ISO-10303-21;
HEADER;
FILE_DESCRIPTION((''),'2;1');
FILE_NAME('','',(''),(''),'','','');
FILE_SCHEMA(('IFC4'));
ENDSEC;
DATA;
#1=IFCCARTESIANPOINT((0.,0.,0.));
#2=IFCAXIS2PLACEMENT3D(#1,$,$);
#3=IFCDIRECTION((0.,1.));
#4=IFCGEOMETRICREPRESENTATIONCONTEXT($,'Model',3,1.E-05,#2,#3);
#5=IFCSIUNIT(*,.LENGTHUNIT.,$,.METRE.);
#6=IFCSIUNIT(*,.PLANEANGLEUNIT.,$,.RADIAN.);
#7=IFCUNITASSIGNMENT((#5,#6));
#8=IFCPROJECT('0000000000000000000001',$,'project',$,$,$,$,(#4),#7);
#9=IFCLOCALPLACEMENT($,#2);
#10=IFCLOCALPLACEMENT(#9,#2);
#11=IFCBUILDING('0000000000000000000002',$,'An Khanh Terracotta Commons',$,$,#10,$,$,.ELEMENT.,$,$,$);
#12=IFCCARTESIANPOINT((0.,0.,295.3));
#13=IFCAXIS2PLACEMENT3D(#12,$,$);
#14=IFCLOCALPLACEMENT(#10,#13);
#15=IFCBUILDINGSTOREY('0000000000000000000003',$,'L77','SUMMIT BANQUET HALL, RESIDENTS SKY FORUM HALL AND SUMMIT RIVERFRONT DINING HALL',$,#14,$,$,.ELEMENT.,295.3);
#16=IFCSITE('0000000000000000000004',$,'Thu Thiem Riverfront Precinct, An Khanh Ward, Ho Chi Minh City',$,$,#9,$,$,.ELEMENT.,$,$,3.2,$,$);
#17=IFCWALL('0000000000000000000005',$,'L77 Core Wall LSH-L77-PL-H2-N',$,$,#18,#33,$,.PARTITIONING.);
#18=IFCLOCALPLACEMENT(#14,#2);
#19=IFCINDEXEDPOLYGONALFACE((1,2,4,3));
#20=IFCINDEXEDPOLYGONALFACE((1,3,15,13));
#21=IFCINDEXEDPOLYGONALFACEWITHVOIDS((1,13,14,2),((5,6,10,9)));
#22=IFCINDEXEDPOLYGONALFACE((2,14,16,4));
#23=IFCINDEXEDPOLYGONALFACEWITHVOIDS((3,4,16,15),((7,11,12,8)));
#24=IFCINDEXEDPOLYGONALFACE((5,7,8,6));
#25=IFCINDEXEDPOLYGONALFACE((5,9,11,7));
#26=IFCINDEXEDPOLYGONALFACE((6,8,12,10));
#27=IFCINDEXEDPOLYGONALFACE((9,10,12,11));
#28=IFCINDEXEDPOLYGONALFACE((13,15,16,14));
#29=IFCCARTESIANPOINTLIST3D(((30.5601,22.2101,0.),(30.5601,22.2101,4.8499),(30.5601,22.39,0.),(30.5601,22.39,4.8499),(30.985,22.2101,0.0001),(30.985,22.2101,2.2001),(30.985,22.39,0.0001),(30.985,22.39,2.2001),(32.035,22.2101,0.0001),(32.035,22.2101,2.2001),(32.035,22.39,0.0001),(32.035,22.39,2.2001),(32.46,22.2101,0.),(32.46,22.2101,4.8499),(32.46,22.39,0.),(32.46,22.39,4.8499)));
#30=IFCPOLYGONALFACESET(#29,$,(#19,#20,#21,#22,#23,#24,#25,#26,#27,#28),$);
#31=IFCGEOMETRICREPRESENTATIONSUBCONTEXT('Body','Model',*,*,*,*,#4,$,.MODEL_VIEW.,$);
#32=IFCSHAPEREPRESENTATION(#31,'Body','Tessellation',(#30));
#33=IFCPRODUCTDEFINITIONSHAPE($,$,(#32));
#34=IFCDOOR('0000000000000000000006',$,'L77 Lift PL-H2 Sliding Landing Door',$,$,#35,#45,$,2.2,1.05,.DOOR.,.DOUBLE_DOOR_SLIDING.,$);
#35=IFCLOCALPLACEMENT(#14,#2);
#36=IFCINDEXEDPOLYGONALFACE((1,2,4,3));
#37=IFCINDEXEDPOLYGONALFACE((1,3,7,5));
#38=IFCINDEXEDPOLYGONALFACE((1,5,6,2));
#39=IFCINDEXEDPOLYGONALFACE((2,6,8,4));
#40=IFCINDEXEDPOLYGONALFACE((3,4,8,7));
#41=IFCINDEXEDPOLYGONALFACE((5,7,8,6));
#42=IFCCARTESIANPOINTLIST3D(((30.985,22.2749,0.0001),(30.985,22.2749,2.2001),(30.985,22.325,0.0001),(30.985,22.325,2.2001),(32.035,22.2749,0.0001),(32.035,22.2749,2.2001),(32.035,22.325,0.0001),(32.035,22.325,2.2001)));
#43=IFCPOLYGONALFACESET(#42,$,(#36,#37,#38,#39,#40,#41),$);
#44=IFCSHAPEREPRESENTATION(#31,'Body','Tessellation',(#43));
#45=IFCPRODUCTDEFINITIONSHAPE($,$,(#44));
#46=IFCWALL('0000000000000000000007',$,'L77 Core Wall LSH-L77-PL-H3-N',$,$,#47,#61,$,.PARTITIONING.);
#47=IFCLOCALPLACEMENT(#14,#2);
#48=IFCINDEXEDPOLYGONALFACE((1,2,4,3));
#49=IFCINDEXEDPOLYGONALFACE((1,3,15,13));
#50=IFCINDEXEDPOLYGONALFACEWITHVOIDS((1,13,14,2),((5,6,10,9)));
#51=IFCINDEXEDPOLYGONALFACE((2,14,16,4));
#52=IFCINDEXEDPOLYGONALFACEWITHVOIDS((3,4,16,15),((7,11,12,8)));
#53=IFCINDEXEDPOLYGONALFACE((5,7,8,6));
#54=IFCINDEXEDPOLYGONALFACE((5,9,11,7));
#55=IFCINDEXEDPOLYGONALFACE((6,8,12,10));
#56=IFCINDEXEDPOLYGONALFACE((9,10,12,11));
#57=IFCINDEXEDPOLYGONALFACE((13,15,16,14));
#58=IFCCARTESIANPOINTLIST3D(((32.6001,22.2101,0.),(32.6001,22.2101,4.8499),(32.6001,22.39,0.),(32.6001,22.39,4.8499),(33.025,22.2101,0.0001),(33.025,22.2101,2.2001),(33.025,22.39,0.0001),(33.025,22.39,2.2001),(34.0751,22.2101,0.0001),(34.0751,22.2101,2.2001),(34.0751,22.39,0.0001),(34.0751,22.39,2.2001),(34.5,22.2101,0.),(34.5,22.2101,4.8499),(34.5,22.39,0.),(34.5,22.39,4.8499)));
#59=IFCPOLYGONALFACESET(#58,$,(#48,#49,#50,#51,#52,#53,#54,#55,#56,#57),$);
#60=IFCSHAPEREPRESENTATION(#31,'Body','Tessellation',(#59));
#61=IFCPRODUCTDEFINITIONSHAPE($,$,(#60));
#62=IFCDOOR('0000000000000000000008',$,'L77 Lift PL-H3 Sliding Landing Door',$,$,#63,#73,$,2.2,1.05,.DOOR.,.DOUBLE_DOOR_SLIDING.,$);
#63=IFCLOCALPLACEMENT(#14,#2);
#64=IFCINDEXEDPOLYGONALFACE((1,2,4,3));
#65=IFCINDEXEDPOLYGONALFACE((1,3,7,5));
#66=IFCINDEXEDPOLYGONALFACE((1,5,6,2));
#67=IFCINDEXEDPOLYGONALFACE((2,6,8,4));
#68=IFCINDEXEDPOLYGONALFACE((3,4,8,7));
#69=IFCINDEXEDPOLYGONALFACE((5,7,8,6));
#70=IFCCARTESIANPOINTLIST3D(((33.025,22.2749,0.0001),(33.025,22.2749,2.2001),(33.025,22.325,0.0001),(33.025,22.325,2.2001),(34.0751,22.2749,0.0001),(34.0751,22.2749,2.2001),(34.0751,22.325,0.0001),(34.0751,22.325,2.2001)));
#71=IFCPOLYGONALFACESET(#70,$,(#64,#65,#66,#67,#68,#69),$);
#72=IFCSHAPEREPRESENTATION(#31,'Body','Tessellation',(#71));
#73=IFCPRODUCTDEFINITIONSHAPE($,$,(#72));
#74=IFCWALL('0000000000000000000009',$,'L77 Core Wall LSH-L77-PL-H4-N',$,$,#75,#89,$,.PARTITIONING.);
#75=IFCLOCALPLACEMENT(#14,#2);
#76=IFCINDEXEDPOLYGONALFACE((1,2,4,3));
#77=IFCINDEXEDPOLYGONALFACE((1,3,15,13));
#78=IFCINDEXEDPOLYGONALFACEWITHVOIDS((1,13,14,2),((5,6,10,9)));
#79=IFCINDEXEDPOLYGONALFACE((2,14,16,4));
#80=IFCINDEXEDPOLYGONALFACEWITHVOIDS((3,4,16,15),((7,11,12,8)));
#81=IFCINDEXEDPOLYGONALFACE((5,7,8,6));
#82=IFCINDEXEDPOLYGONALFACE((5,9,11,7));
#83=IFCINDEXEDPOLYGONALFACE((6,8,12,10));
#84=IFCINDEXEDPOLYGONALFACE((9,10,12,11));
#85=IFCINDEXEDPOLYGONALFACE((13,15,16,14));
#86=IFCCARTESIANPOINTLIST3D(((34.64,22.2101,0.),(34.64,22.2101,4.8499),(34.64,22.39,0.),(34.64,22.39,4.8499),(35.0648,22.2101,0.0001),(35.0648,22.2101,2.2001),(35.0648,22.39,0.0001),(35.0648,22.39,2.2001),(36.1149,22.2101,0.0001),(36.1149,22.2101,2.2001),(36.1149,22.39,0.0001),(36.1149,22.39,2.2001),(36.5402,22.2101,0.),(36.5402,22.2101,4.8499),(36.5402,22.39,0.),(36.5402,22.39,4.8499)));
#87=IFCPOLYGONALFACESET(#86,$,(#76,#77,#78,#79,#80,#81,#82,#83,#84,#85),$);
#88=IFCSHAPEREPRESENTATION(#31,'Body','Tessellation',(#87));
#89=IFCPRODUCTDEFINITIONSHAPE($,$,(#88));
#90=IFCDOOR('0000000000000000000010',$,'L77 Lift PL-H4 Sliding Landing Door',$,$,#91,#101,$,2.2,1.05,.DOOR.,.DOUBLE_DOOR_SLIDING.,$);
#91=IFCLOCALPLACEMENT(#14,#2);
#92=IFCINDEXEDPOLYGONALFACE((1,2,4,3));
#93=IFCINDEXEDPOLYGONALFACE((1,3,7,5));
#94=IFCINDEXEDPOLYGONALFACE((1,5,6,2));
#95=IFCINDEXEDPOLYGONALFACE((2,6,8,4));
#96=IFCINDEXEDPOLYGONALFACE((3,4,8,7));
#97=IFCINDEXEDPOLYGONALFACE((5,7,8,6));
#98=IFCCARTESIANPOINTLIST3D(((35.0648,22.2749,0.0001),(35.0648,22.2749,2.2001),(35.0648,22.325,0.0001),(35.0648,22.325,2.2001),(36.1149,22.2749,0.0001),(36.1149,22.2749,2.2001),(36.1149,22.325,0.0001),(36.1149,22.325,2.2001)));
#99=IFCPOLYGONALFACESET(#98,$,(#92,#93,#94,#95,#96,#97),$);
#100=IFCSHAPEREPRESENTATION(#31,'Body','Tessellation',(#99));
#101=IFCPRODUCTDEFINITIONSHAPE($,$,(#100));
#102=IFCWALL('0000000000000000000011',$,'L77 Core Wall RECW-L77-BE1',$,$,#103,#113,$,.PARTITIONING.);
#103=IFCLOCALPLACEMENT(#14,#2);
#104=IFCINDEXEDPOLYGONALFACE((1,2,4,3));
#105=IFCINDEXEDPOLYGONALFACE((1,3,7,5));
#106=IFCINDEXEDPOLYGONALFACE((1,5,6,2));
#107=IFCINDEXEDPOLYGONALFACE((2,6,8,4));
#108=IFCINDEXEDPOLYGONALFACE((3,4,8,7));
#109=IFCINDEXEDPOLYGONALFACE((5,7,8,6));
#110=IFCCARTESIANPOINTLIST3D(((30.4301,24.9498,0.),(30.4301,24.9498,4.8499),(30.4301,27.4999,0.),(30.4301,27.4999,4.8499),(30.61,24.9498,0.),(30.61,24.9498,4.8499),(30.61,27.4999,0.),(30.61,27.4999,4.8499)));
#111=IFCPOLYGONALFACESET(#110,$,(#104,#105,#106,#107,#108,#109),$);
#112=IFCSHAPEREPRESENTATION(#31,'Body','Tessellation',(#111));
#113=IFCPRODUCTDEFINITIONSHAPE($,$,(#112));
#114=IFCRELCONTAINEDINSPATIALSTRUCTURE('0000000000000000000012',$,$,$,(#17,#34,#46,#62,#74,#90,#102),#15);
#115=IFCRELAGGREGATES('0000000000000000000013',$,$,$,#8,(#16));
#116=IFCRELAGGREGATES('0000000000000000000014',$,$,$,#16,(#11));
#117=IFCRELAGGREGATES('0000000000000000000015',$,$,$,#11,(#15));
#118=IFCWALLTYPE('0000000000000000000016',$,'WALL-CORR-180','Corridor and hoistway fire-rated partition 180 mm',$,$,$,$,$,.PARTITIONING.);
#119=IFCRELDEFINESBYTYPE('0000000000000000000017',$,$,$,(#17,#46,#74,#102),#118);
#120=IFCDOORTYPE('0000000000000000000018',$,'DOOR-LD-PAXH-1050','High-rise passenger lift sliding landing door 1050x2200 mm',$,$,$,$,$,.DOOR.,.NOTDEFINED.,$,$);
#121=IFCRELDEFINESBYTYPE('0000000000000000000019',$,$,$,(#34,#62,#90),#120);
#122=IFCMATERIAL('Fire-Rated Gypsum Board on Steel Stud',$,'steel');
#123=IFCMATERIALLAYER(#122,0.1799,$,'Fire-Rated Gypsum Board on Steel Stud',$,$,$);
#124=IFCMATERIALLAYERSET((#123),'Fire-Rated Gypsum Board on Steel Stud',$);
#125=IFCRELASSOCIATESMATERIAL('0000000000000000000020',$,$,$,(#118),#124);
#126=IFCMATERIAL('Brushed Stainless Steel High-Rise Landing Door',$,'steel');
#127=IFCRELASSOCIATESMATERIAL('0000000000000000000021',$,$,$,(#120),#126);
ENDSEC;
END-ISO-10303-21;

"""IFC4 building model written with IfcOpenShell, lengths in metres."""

from ifc_helpers import new_model, si_unit, direction, frame, frame_2d, origin, place, context, subcontext, project, spatial, rectangle, extrude, material, layer, layer_set, type_object, element, fill, save


model = new_model("IFC4")

# Units and contexts
model_context = context("Model", 3, precision=1e-05, world=origin(), true_north=direction((0.0, 1.0)))
body_context = subcontext(model_context, "Body", "Model", "MODEL_VIEW")
ifc_project = project(units=[si_unit("LENGTHUNIT", "METRE"), si_unit("PLANEANGLEUNIT", "RADIAN")], contexts=[model_context])

# Site, building, storey
site_placement = place(None, origin())
site = spatial("IfcSite", under=ifc_project, at=site_placement, Name="Thu Thiem Riverfront Precinct, An Khanh Ward, Ho Chi Minh City", CompositionType="ELEMENT", RefElevation=3.2)
building_placement = place(site_placement, origin())
building = spatial("IfcBuilding", under=site, at=building_placement, Name="An Khanh Terracotta Commons", CompositionType="ELEMENT")
storey_placement = place(building_placement, frame((0.0, 0.0, 295.3)))
storey = spatial("IfcBuildingStorey", under=building, at=storey_placement, Name="L77", Description="SUMMIT BANQUET HALL, RESIDENTS SKY FORUM HALL AND SUMMIT RIVERFRONT DINING HALL", CompositionType="ELEMENT", Elevation=295.3)

# Shared definitions
ifc_material_1 = material(Name="Fire-Rated Gypsum Board on Steel Stud", Category="steel")
ifc_layer = layer(ifc_material_1, 0.1799, Name="Fire-Rated Gypsum Board on Steel Stud")
ifc_layer_set = layer_set([ifc_layer], Name="Fire-Rated Gypsum Board on Steel Stud")
wall_type = type_object("IfcWallType", Name="WALL-CORR-180", Description="Corridor and hoistway fire-rated partition 180 mm", PredefinedType="PARTITIONING", material=ifc_layer_set)

# Shared definitions
ifc_material_2 = material(Name="Brushed Stainless Steel High-Rise Landing Door", Category="steel")
door_type = type_object("IfcDoorType", Name="DOOR-LD-PAXH-1050", Description="High-rise passenger lift sliding landing door 1050x2200 mm", OperationType="NOTDEFINED", PredefinedType="DOOR", material=ifc_material_2)

# Walls, openings, doors
wall_1_placement = place(storey_placement, frame((30.5601, 22.3, 0.0), z_axis=(0.0, 0.0, 1.0), x_axis=(1.0, 0.0, 0.0)))
wall_1 = element("IfcWall", 1, at=wall_1_placement, inside=storey, type_object=wall_type, Name="L77 Core Wall LSH-L77-PL-H2-N", PredefinedType="PARTITIONING", context=body_context, shape_type="SweptSolid", body=[
    extrude(rectangle(XDim=1.8999, YDim=0.1799, at=frame_2d((0.95, 0.0))), origin(), (0.0, 0.0, 1.0), 4.8499),
])
opening_1_placement = place(wall_1_placement, frame((0.425, 0.0, 0.0)))
opening_1 = element("IfcOpeningElement", 2, at=opening_1_placement, cuts=wall_1, PredefinedType="OPENING", context=body_context, shape_type="SweptSolid", body=[
    extrude(rectangle(XDim=1.05, YDim=2.2, at=frame_2d((0.5249, 1.1001))), frame((0.0, 0.0999, 0.0), z_axis=(0.0, -1.0, 0.0), x_axis=(1.0, 0.0, 0.0)), (0.0, 0.0, 1.0), 0.2),
])
door_1_placement = place(opening_1_placement, origin())
door_1 = element("IfcDoor", 3, at=door_1_placement, inside=storey, type_object=door_type, Name="L77 Lift PL-H2 Sliding Landing Door", OperationType="DOUBLE_DOOR_SLIDING", OverallHeight=2.2, OverallWidth=1.05, PredefinedType="DOOR", context=body_context, shape_type="SweptSolid", body=[
    extrude(rectangle(XDim=1.05, YDim=2.2, at=frame_2d((0.5249, 1.1001))), frame((0.0, 0.0249, 0.0), z_axis=(0.0, -1.0, 0.0), x_axis=(1.0, 0.0, 0.0)), (0.0, 0.0, 1.0), 0.05),
])
fill(opening_1, door_1)
wall_2_placement = place(storey_placement, frame((32.6001, 22.3, 0.0), z_axis=(0.0, 0.0, 1.0), x_axis=(1.0, 0.0, 0.0)))
wall_2 = element("IfcWall", 4, at=wall_2_placement, inside=storey, type_object=wall_type, Name="L77 Core Wall LSH-L77-PL-H3-N", PredefinedType="PARTITIONING", context=body_context, shape_type="SweptSolid", body=[
    extrude(rectangle(XDim=1.8999, YDim=0.1799, at=frame_2d((0.95, 0.0))), origin(), (0.0, 0.0, 1.0), 4.8499),
])
opening_2_placement = place(wall_2_placement, frame((0.425, 0.0, 0.0)))
opening_2 = element("IfcOpeningElement", 5, at=opening_2_placement, cuts=wall_2, PredefinedType="OPENING", context=body_context, shape_type="SweptSolid", body=[
    extrude(rectangle(XDim=1.05, YDim=2.2, at=frame_2d((0.5249, 1.1001))), frame((0.0, 0.0999, 0.0), z_axis=(0.0, -1.0, 0.0), x_axis=(1.0, 0.0, 0.0)), (0.0, 0.0, 1.0), 0.2),
])
door_2_placement = place(opening_2_placement, origin())
door_2 = element("IfcDoor", 6, at=door_2_placement, inside=storey, type_object=door_type, Name="L77 Lift PL-H3 Sliding Landing Door", OperationType="DOUBLE_DOOR_SLIDING", OverallHeight=2.2, OverallWidth=1.05, PredefinedType="DOOR", context=body_context, shape_type="SweptSolid", body=[
    extrude(rectangle(XDim=1.05, YDim=2.2, at=frame_2d((0.5249, 1.1001))), frame((0.0, 0.0249, 0.0), z_axis=(0.0, -1.0, 0.0), x_axis=(1.0, 0.0, 0.0)), (0.0, 0.0, 1.0), 0.05),
])
fill(opening_2, door_2)
wall_3_placement = place(storey_placement, frame((34.6399, 22.3, 0.0), z_axis=(0.0, 0.0, 1.0), x_axis=(1.0, 0.0, 0.0)))
wall_3 = element("IfcWall", 7, at=wall_3_placement, inside=storey, type_object=wall_type, Name="L77 Core Wall LSH-L77-PL-H4-N", PredefinedType="PARTITIONING", context=body_context, shape_type="SweptSolid", body=[
    extrude(rectangle(XDim=1.9001, YDim=0.1799, at=frame_2d((0.9502, 0.0))), origin(), (0.0, 0.0, 1.0), 4.8499),
])
opening_3_placement = place(wall_3_placement, frame((0.425, 0.0, 0.0)))
opening_3 = element("IfcOpeningElement", 8, at=opening_3_placement, cuts=wall_3, PredefinedType="OPENING", context=body_context, shape_type="SweptSolid", body=[
    extrude(rectangle(XDim=1.05, YDim=2.2, at=frame_2d((0.5249, 1.1001))), frame((0.0, 0.0999, 0.0), z_axis=(0.0, -1.0, 0.0), x_axis=(1.0, 0.0, 0.0)), (0.0, 0.0, 1.0), 0.2),
])
door_3_placement = place(opening_3_placement, origin())
door_3 = element("IfcDoor", 9, at=door_3_placement, inside=storey, type_object=door_type, Name="L77 Lift PL-H4 Sliding Landing Door", OperationType="DOUBLE_DOOR_SLIDING", OverallHeight=2.2, OverallWidth=1.05, PredefinedType="DOOR", context=body_context, shape_type="SweptSolid", body=[
    extrude(rectangle(XDim=1.05, YDim=2.2, at=frame_2d((0.5249, 1.1001))), frame((0.0, 0.0249, 0.0), z_axis=(0.0, -1.0, 0.0), x_axis=(1.0, 0.0, 0.0)), (0.0, 0.0, 1.0), 0.05),
])
fill(opening_3, door_3)

# Wall
wall_4_placement = place(storey_placement, frame((30.52, 24.95, 0.0), z_axis=(0.0, 0.0, 1.0), x_axis=(0.0, 1.0, 0.0)))
element("IfcWall", 10, at=wall_4_placement, inside=storey, type_object=wall_type, Name="L77 Core Wall RECW-L77-BE1", PredefinedType="PARTITIONING", context=body_context, shape_type="SweptSolid", body=[
    extrude(rectangle(XDim=2.55, YDim=0.1799, at=frame_2d((1.2749, 0.0))), origin(), (0.0, 0.0, 1.0), 4.8499),
])

save(model, "model.ifc")
